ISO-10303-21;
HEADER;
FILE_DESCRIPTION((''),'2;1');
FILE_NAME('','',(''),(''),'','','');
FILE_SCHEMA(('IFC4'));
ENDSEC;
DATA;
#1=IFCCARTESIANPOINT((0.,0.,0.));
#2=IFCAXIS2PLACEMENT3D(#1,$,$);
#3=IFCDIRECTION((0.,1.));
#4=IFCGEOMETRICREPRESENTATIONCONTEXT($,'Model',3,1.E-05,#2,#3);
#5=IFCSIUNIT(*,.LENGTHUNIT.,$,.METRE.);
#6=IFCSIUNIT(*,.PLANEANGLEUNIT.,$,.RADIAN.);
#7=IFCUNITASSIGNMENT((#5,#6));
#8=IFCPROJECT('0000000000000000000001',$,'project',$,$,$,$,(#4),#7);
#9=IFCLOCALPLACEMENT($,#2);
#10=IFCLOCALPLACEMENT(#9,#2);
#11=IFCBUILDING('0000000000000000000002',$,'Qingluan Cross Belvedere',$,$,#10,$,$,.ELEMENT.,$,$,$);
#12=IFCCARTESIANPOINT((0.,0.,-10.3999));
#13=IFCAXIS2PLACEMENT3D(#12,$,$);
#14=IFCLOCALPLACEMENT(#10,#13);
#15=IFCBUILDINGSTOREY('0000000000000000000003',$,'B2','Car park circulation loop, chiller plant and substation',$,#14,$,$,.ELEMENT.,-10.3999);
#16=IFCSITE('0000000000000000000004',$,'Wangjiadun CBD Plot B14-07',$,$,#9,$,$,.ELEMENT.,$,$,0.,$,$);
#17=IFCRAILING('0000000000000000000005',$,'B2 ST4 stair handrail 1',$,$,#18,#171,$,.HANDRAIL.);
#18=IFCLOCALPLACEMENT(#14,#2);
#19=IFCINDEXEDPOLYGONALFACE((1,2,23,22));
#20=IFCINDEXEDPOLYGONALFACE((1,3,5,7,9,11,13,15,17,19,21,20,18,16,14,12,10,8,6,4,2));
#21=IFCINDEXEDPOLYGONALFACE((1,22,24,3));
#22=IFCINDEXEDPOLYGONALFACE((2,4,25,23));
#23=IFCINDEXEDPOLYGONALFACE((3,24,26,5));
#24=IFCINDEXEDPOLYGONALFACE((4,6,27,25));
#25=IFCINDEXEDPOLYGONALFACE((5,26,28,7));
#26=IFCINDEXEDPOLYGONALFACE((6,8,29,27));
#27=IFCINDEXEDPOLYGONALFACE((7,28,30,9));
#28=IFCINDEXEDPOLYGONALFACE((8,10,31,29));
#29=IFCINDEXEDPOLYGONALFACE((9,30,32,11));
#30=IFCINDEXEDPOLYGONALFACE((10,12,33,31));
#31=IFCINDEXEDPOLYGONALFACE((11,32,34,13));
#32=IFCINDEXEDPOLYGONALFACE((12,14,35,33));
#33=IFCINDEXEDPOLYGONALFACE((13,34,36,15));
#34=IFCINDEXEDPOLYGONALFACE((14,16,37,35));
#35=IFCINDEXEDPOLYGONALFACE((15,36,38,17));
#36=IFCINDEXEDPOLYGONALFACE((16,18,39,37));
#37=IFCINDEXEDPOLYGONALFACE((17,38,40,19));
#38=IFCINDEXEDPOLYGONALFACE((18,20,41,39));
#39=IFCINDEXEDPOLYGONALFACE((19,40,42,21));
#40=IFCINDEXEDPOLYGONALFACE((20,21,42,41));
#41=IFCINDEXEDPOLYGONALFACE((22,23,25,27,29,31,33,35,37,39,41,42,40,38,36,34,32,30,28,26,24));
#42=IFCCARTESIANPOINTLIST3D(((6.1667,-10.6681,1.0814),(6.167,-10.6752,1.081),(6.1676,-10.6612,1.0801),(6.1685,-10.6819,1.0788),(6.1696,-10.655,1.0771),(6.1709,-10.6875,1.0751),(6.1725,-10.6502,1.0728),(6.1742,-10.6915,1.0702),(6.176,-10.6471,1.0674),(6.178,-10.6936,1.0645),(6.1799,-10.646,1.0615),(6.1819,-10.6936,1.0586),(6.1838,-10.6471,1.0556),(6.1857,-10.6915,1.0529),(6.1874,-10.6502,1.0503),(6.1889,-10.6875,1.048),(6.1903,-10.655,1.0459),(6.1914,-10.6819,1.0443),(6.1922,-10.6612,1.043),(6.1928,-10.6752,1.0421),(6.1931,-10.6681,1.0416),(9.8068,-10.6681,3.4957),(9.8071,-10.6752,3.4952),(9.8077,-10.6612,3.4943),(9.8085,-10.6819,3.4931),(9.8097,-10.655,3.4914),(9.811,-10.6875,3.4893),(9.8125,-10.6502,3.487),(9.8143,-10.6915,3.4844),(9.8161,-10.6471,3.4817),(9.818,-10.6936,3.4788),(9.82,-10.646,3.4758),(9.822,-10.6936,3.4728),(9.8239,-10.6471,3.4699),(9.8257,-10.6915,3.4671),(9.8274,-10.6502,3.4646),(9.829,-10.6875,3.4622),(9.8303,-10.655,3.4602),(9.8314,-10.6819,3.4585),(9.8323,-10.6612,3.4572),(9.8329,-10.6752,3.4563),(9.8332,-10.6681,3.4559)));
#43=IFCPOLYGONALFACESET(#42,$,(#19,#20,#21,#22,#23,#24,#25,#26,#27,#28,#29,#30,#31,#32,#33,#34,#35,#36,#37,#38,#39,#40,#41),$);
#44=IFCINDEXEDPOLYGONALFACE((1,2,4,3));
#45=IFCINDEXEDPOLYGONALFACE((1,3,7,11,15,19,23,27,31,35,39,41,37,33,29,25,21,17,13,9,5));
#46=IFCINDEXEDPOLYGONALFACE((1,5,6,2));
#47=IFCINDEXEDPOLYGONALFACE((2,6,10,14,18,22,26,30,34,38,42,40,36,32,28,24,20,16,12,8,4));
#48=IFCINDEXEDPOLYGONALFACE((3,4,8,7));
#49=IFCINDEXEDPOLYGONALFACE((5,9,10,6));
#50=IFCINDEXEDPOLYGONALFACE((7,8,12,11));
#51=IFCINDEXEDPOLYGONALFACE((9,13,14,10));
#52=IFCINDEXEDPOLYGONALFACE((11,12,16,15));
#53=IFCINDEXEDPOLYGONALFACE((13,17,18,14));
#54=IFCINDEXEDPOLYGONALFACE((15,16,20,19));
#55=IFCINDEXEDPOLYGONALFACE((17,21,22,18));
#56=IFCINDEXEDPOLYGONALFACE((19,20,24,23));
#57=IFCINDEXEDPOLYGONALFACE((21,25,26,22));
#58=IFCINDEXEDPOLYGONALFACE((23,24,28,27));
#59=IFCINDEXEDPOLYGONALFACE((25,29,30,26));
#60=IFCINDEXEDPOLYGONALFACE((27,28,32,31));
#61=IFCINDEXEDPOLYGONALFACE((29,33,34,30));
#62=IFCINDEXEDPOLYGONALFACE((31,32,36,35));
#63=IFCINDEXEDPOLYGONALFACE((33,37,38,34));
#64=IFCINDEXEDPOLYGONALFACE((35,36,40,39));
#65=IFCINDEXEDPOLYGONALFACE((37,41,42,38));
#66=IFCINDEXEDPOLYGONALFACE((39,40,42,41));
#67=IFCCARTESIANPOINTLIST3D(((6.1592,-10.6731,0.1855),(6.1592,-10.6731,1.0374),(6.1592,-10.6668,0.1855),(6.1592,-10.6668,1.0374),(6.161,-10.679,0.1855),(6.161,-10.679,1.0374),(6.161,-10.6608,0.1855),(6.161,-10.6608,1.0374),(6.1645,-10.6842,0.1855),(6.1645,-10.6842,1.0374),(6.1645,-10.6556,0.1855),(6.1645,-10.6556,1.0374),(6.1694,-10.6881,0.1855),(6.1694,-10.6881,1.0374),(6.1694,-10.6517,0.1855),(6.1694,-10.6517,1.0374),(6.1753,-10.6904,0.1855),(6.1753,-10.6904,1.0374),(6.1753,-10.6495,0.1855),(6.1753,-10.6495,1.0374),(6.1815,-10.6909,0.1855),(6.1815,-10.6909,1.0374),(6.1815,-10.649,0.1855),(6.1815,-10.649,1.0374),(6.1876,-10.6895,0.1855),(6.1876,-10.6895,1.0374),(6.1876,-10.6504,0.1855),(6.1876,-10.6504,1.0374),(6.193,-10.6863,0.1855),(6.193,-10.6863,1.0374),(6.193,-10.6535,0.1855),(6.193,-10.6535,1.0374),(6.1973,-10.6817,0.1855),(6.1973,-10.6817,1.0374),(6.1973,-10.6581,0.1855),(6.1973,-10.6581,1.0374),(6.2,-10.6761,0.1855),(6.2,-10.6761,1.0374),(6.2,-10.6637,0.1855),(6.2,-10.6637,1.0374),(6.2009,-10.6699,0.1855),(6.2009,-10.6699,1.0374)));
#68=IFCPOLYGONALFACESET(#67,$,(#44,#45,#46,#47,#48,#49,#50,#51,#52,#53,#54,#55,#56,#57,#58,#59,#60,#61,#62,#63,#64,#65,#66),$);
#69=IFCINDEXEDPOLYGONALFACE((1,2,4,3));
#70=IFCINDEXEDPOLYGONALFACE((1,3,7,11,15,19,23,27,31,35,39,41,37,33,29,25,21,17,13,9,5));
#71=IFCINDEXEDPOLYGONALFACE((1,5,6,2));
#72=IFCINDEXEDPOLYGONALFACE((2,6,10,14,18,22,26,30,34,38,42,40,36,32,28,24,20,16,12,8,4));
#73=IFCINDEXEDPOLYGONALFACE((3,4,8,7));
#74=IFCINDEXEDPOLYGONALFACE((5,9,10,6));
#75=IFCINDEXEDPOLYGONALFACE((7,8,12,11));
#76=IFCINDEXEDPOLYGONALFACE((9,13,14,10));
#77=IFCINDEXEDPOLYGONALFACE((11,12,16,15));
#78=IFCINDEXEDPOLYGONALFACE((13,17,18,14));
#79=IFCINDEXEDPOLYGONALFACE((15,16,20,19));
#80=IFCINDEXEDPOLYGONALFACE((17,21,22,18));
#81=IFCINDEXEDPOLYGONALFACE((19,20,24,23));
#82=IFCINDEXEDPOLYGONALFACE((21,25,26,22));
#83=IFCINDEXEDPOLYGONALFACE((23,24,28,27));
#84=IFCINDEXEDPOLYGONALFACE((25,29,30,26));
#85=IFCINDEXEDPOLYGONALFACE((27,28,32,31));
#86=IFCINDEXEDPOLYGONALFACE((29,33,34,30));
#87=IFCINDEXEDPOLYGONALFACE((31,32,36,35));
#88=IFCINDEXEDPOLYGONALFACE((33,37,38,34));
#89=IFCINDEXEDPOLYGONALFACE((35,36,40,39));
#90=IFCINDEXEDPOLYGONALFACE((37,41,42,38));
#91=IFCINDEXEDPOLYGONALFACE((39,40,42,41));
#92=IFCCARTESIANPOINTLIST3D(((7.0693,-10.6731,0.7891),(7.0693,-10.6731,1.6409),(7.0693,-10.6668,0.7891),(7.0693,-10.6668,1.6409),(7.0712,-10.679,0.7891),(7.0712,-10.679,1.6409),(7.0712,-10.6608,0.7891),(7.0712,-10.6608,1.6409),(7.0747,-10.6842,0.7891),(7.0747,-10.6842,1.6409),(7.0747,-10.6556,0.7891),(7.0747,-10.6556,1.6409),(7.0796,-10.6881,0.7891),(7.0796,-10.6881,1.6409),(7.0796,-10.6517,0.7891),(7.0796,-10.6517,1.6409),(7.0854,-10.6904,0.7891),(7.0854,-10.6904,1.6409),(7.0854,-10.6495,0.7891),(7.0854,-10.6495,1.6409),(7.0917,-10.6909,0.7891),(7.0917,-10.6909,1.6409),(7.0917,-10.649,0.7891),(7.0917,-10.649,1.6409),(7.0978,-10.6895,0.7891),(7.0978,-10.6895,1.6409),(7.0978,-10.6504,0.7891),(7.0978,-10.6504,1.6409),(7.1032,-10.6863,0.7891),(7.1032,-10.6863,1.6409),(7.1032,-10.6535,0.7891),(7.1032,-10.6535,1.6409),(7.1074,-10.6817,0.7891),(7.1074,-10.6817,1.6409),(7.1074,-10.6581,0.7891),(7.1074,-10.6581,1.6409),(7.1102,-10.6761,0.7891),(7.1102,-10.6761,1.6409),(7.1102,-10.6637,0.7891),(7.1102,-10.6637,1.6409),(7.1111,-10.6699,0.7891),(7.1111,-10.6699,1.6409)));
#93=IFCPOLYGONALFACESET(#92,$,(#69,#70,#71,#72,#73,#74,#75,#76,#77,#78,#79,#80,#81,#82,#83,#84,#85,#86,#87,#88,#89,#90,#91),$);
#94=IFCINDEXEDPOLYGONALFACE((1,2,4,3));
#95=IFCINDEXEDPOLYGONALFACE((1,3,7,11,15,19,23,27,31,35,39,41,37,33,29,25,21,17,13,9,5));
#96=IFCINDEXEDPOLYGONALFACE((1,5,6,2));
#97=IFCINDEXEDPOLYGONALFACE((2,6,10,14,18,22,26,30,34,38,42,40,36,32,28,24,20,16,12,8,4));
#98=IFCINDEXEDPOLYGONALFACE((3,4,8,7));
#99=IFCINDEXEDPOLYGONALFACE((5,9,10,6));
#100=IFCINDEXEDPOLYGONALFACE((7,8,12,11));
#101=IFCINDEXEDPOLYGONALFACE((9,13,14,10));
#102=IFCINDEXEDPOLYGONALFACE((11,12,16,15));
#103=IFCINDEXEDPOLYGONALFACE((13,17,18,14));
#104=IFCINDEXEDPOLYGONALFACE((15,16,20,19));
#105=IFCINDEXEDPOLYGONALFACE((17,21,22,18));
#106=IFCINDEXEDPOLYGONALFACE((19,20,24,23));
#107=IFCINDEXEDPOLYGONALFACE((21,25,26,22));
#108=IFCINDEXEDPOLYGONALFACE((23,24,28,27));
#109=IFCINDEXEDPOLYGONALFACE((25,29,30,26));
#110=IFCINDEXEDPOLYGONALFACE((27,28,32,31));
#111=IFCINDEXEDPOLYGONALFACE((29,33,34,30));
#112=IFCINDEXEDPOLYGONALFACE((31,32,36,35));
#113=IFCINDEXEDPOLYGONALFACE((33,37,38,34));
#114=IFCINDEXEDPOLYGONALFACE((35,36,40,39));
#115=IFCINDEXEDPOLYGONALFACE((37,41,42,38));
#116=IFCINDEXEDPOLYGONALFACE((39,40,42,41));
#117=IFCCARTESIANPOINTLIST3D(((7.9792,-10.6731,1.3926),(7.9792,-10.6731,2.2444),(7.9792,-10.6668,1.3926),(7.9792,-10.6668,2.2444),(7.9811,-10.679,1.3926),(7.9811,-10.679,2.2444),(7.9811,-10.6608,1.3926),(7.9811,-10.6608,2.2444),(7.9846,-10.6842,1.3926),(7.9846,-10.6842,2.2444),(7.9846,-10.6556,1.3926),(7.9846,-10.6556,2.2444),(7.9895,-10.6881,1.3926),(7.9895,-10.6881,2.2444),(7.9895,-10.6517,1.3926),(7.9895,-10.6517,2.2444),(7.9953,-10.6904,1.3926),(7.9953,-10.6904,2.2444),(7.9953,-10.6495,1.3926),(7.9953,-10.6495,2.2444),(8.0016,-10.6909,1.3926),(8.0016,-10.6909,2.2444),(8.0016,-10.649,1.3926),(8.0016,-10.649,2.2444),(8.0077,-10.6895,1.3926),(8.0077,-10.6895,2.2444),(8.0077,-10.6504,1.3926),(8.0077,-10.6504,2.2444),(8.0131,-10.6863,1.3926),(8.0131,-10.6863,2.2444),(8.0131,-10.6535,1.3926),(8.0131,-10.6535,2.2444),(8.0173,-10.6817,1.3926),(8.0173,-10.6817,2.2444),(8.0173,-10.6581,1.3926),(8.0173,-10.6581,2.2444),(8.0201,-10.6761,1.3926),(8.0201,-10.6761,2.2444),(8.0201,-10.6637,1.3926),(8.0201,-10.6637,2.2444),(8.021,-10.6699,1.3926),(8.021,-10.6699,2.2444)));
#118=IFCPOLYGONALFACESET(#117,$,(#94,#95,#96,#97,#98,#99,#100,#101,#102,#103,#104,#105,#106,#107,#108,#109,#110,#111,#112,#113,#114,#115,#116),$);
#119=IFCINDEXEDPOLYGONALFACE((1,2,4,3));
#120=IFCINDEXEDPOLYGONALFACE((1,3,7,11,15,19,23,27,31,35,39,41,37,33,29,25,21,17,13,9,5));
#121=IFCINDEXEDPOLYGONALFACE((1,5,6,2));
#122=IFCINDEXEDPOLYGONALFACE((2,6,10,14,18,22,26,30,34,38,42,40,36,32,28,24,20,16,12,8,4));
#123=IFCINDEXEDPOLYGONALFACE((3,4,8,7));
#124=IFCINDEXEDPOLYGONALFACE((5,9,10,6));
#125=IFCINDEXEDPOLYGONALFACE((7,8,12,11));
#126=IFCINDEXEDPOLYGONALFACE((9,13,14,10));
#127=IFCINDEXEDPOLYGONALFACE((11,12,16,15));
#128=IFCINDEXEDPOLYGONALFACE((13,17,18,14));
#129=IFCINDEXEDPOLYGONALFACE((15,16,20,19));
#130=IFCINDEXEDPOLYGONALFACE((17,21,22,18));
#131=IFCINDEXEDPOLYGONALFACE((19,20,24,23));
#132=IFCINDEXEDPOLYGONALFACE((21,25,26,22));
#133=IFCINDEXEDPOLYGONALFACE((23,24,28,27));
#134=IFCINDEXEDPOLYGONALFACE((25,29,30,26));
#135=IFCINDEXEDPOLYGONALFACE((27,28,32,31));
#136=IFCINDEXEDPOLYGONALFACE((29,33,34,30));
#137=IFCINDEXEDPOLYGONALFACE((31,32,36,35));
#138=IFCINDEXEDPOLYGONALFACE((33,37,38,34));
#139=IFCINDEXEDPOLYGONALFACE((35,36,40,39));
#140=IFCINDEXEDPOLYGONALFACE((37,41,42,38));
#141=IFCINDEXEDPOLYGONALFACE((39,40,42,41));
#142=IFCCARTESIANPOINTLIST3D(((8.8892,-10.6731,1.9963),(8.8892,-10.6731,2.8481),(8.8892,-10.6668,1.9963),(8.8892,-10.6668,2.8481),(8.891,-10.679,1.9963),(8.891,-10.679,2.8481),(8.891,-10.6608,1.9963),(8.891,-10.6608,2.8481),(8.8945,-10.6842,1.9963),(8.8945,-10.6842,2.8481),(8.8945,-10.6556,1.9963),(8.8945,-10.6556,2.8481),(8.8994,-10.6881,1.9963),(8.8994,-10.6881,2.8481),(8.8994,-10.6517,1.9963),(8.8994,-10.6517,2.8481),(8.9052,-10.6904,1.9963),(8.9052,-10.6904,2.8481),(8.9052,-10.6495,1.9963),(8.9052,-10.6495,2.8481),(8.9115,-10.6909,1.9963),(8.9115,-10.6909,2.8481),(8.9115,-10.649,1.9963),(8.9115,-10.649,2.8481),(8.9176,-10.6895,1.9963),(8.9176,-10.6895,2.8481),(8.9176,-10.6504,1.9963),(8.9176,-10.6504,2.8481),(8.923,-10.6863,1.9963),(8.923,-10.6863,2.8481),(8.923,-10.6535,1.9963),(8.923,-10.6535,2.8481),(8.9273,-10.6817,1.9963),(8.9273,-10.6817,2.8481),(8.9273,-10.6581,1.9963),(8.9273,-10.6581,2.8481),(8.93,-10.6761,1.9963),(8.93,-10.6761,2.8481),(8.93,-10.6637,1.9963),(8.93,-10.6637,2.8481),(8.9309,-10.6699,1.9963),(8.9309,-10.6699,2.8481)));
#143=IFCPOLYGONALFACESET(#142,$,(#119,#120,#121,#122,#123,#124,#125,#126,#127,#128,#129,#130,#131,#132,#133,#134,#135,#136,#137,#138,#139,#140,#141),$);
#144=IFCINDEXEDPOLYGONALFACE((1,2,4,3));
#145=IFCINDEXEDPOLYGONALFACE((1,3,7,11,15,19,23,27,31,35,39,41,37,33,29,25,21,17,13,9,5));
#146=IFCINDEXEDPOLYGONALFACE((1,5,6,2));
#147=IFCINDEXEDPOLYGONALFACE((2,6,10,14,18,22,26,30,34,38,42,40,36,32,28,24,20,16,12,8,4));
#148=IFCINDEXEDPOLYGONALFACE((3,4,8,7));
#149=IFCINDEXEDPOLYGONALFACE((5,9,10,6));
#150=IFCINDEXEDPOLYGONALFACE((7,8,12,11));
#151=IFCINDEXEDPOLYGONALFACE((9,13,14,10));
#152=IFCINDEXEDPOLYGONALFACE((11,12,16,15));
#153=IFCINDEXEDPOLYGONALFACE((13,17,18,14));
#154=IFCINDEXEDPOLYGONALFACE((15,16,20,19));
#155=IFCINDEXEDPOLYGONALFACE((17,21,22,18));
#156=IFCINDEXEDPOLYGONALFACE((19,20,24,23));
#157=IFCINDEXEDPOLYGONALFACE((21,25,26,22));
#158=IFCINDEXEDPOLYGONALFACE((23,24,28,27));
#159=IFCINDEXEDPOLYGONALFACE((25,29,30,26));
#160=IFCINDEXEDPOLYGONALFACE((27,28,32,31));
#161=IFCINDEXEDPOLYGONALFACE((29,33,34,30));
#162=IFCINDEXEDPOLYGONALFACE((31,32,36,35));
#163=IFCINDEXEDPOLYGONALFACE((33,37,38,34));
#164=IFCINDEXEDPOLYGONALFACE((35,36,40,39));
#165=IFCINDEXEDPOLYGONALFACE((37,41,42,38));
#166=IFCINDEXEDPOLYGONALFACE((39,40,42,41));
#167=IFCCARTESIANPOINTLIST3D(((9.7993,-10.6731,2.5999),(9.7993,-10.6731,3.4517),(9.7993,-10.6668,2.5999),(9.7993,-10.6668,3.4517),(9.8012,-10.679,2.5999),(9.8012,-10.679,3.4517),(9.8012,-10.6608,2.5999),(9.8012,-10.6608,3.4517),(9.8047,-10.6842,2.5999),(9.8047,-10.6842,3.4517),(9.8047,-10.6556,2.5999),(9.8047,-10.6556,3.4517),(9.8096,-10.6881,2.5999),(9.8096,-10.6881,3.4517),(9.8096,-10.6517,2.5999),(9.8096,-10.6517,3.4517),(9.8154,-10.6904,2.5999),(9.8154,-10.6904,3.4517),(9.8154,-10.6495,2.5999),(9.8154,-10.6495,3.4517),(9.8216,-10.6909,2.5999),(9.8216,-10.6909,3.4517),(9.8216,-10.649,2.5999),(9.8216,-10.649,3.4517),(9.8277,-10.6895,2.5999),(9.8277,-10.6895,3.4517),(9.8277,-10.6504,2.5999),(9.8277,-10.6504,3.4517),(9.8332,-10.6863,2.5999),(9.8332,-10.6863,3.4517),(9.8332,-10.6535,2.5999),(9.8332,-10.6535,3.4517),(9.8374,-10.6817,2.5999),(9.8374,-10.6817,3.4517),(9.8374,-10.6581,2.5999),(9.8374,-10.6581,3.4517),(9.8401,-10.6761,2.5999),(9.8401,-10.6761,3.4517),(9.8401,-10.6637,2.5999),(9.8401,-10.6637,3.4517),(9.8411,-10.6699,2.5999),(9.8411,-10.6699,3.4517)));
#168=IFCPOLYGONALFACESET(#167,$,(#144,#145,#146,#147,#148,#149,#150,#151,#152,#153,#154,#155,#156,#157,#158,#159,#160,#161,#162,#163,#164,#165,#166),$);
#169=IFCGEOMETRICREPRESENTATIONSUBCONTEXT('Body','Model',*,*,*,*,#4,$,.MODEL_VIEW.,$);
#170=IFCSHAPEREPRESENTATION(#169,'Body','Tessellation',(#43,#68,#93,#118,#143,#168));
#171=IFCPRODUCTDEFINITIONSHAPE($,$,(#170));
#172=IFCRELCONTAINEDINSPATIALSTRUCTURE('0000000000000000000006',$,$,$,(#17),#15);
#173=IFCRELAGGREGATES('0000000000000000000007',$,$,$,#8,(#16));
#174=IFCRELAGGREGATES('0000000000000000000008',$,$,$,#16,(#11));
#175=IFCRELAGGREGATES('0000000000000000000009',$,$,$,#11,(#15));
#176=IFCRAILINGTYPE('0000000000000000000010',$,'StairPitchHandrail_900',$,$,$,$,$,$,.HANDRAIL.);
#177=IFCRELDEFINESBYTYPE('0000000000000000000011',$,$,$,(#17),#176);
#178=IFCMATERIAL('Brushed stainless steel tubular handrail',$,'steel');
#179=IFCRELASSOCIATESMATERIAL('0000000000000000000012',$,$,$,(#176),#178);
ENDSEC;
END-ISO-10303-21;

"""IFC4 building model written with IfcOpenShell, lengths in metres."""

from ifc_helpers import new_model, si_unit, direction, frame, origin, origin_2d, place, context, subcontext, project, spatial, circle, extrude, material, type_object, element, save


model = new_model("IFC4")

# Units and contexts
model_context = context("Model", 3, precision=1e-05, world=origin(), true_north=direction((0.0, 1.0)))
body_context = subcontext(model_context, "Body", "Model", "MODEL_VIEW")
ifc_project = project(units=[si_unit("LENGTHUNIT", "METRE"), si_unit("PLANEANGLEUNIT", "RADIAN")], contexts=[model_context])

# Site, building, storey
site_placement = place(None, origin())
site = spatial("IfcSite", under=ifc_project, at=site_placement, Name="Wangjiadun CBD Plot B14-07", CompositionType="ELEMENT", RefElevation=0.0)
building_placement = place(site_placement, origin())
building = spatial("IfcBuilding", under=site, at=building_placement, Name="Qingluan Cross Belvedere", CompositionType="ELEMENT")
storey_placement = place(building_placement, frame((0.0, 0.0, -10.3999)))
storey = spatial("IfcBuildingStorey", under=building, at=storey_placement, Name="B2", Description="Car park circulation loop, chiller plant and substation", CompositionType="ELEMENT", Elevation=-10.3999)

# Railing
ifc_material_1 = material(Name="Brushed stainless steel tubular handrail", Category="steel")
railing_type_1 = type_object("IfcRailingType", Name="StairPitchHandrail_900", PredefinedType="HANDRAIL", material=ifc_material_1)
for number, where, name in (
    (1, (6.1799, -10.6699, 0.1855), "B2 ST4 stair handrail 1"),
):
    element("IfcRailing", number, at=place(storey_placement, frame(where)), inside=storey, type_object=railing_type_1, Name=name, PredefinedType="HANDRAIL", context=body_context, shape_type="SweptSolid", body=[
        extrude(circle(Radius=0.0239, at=origin_2d()), frame((0.0, 0.0, 0.876), z_axis=(0.833364, 0.0, 0.552725), x_axis=(0.0, 1.0, 0.0)), (0.0, 0.0, 1.0), 4.3679),
        extrude(circle(Radius=0.021, at=origin_2d()), origin(), (0.0, 0.0, 1.0), 0.8518),
        extrude(circle(Radius=0.021, at=origin_2d()), frame((0.9102, 0.0, 0.6035)), (0.0, 0.0, 1.0), 0.8518),
        extrude(circle(Radius=0.021, at=origin_2d()), frame((1.8201, 0.0, 1.207)), (0.0, 0.0, 1.0), 0.8518),
        extrude(circle(Radius=0.021, at=origin_2d()), frame((2.73, 0.0, 1.8108)), (0.0, 0.0, 1.0), 0.8518),
        extrude(circle(Radius=0.021, at=origin_2d()), frame((3.6401, 0.0, 2.4143)), (0.0, 0.0, 1.0), 0.8518),
    ])

save(model, "model.ifc")
